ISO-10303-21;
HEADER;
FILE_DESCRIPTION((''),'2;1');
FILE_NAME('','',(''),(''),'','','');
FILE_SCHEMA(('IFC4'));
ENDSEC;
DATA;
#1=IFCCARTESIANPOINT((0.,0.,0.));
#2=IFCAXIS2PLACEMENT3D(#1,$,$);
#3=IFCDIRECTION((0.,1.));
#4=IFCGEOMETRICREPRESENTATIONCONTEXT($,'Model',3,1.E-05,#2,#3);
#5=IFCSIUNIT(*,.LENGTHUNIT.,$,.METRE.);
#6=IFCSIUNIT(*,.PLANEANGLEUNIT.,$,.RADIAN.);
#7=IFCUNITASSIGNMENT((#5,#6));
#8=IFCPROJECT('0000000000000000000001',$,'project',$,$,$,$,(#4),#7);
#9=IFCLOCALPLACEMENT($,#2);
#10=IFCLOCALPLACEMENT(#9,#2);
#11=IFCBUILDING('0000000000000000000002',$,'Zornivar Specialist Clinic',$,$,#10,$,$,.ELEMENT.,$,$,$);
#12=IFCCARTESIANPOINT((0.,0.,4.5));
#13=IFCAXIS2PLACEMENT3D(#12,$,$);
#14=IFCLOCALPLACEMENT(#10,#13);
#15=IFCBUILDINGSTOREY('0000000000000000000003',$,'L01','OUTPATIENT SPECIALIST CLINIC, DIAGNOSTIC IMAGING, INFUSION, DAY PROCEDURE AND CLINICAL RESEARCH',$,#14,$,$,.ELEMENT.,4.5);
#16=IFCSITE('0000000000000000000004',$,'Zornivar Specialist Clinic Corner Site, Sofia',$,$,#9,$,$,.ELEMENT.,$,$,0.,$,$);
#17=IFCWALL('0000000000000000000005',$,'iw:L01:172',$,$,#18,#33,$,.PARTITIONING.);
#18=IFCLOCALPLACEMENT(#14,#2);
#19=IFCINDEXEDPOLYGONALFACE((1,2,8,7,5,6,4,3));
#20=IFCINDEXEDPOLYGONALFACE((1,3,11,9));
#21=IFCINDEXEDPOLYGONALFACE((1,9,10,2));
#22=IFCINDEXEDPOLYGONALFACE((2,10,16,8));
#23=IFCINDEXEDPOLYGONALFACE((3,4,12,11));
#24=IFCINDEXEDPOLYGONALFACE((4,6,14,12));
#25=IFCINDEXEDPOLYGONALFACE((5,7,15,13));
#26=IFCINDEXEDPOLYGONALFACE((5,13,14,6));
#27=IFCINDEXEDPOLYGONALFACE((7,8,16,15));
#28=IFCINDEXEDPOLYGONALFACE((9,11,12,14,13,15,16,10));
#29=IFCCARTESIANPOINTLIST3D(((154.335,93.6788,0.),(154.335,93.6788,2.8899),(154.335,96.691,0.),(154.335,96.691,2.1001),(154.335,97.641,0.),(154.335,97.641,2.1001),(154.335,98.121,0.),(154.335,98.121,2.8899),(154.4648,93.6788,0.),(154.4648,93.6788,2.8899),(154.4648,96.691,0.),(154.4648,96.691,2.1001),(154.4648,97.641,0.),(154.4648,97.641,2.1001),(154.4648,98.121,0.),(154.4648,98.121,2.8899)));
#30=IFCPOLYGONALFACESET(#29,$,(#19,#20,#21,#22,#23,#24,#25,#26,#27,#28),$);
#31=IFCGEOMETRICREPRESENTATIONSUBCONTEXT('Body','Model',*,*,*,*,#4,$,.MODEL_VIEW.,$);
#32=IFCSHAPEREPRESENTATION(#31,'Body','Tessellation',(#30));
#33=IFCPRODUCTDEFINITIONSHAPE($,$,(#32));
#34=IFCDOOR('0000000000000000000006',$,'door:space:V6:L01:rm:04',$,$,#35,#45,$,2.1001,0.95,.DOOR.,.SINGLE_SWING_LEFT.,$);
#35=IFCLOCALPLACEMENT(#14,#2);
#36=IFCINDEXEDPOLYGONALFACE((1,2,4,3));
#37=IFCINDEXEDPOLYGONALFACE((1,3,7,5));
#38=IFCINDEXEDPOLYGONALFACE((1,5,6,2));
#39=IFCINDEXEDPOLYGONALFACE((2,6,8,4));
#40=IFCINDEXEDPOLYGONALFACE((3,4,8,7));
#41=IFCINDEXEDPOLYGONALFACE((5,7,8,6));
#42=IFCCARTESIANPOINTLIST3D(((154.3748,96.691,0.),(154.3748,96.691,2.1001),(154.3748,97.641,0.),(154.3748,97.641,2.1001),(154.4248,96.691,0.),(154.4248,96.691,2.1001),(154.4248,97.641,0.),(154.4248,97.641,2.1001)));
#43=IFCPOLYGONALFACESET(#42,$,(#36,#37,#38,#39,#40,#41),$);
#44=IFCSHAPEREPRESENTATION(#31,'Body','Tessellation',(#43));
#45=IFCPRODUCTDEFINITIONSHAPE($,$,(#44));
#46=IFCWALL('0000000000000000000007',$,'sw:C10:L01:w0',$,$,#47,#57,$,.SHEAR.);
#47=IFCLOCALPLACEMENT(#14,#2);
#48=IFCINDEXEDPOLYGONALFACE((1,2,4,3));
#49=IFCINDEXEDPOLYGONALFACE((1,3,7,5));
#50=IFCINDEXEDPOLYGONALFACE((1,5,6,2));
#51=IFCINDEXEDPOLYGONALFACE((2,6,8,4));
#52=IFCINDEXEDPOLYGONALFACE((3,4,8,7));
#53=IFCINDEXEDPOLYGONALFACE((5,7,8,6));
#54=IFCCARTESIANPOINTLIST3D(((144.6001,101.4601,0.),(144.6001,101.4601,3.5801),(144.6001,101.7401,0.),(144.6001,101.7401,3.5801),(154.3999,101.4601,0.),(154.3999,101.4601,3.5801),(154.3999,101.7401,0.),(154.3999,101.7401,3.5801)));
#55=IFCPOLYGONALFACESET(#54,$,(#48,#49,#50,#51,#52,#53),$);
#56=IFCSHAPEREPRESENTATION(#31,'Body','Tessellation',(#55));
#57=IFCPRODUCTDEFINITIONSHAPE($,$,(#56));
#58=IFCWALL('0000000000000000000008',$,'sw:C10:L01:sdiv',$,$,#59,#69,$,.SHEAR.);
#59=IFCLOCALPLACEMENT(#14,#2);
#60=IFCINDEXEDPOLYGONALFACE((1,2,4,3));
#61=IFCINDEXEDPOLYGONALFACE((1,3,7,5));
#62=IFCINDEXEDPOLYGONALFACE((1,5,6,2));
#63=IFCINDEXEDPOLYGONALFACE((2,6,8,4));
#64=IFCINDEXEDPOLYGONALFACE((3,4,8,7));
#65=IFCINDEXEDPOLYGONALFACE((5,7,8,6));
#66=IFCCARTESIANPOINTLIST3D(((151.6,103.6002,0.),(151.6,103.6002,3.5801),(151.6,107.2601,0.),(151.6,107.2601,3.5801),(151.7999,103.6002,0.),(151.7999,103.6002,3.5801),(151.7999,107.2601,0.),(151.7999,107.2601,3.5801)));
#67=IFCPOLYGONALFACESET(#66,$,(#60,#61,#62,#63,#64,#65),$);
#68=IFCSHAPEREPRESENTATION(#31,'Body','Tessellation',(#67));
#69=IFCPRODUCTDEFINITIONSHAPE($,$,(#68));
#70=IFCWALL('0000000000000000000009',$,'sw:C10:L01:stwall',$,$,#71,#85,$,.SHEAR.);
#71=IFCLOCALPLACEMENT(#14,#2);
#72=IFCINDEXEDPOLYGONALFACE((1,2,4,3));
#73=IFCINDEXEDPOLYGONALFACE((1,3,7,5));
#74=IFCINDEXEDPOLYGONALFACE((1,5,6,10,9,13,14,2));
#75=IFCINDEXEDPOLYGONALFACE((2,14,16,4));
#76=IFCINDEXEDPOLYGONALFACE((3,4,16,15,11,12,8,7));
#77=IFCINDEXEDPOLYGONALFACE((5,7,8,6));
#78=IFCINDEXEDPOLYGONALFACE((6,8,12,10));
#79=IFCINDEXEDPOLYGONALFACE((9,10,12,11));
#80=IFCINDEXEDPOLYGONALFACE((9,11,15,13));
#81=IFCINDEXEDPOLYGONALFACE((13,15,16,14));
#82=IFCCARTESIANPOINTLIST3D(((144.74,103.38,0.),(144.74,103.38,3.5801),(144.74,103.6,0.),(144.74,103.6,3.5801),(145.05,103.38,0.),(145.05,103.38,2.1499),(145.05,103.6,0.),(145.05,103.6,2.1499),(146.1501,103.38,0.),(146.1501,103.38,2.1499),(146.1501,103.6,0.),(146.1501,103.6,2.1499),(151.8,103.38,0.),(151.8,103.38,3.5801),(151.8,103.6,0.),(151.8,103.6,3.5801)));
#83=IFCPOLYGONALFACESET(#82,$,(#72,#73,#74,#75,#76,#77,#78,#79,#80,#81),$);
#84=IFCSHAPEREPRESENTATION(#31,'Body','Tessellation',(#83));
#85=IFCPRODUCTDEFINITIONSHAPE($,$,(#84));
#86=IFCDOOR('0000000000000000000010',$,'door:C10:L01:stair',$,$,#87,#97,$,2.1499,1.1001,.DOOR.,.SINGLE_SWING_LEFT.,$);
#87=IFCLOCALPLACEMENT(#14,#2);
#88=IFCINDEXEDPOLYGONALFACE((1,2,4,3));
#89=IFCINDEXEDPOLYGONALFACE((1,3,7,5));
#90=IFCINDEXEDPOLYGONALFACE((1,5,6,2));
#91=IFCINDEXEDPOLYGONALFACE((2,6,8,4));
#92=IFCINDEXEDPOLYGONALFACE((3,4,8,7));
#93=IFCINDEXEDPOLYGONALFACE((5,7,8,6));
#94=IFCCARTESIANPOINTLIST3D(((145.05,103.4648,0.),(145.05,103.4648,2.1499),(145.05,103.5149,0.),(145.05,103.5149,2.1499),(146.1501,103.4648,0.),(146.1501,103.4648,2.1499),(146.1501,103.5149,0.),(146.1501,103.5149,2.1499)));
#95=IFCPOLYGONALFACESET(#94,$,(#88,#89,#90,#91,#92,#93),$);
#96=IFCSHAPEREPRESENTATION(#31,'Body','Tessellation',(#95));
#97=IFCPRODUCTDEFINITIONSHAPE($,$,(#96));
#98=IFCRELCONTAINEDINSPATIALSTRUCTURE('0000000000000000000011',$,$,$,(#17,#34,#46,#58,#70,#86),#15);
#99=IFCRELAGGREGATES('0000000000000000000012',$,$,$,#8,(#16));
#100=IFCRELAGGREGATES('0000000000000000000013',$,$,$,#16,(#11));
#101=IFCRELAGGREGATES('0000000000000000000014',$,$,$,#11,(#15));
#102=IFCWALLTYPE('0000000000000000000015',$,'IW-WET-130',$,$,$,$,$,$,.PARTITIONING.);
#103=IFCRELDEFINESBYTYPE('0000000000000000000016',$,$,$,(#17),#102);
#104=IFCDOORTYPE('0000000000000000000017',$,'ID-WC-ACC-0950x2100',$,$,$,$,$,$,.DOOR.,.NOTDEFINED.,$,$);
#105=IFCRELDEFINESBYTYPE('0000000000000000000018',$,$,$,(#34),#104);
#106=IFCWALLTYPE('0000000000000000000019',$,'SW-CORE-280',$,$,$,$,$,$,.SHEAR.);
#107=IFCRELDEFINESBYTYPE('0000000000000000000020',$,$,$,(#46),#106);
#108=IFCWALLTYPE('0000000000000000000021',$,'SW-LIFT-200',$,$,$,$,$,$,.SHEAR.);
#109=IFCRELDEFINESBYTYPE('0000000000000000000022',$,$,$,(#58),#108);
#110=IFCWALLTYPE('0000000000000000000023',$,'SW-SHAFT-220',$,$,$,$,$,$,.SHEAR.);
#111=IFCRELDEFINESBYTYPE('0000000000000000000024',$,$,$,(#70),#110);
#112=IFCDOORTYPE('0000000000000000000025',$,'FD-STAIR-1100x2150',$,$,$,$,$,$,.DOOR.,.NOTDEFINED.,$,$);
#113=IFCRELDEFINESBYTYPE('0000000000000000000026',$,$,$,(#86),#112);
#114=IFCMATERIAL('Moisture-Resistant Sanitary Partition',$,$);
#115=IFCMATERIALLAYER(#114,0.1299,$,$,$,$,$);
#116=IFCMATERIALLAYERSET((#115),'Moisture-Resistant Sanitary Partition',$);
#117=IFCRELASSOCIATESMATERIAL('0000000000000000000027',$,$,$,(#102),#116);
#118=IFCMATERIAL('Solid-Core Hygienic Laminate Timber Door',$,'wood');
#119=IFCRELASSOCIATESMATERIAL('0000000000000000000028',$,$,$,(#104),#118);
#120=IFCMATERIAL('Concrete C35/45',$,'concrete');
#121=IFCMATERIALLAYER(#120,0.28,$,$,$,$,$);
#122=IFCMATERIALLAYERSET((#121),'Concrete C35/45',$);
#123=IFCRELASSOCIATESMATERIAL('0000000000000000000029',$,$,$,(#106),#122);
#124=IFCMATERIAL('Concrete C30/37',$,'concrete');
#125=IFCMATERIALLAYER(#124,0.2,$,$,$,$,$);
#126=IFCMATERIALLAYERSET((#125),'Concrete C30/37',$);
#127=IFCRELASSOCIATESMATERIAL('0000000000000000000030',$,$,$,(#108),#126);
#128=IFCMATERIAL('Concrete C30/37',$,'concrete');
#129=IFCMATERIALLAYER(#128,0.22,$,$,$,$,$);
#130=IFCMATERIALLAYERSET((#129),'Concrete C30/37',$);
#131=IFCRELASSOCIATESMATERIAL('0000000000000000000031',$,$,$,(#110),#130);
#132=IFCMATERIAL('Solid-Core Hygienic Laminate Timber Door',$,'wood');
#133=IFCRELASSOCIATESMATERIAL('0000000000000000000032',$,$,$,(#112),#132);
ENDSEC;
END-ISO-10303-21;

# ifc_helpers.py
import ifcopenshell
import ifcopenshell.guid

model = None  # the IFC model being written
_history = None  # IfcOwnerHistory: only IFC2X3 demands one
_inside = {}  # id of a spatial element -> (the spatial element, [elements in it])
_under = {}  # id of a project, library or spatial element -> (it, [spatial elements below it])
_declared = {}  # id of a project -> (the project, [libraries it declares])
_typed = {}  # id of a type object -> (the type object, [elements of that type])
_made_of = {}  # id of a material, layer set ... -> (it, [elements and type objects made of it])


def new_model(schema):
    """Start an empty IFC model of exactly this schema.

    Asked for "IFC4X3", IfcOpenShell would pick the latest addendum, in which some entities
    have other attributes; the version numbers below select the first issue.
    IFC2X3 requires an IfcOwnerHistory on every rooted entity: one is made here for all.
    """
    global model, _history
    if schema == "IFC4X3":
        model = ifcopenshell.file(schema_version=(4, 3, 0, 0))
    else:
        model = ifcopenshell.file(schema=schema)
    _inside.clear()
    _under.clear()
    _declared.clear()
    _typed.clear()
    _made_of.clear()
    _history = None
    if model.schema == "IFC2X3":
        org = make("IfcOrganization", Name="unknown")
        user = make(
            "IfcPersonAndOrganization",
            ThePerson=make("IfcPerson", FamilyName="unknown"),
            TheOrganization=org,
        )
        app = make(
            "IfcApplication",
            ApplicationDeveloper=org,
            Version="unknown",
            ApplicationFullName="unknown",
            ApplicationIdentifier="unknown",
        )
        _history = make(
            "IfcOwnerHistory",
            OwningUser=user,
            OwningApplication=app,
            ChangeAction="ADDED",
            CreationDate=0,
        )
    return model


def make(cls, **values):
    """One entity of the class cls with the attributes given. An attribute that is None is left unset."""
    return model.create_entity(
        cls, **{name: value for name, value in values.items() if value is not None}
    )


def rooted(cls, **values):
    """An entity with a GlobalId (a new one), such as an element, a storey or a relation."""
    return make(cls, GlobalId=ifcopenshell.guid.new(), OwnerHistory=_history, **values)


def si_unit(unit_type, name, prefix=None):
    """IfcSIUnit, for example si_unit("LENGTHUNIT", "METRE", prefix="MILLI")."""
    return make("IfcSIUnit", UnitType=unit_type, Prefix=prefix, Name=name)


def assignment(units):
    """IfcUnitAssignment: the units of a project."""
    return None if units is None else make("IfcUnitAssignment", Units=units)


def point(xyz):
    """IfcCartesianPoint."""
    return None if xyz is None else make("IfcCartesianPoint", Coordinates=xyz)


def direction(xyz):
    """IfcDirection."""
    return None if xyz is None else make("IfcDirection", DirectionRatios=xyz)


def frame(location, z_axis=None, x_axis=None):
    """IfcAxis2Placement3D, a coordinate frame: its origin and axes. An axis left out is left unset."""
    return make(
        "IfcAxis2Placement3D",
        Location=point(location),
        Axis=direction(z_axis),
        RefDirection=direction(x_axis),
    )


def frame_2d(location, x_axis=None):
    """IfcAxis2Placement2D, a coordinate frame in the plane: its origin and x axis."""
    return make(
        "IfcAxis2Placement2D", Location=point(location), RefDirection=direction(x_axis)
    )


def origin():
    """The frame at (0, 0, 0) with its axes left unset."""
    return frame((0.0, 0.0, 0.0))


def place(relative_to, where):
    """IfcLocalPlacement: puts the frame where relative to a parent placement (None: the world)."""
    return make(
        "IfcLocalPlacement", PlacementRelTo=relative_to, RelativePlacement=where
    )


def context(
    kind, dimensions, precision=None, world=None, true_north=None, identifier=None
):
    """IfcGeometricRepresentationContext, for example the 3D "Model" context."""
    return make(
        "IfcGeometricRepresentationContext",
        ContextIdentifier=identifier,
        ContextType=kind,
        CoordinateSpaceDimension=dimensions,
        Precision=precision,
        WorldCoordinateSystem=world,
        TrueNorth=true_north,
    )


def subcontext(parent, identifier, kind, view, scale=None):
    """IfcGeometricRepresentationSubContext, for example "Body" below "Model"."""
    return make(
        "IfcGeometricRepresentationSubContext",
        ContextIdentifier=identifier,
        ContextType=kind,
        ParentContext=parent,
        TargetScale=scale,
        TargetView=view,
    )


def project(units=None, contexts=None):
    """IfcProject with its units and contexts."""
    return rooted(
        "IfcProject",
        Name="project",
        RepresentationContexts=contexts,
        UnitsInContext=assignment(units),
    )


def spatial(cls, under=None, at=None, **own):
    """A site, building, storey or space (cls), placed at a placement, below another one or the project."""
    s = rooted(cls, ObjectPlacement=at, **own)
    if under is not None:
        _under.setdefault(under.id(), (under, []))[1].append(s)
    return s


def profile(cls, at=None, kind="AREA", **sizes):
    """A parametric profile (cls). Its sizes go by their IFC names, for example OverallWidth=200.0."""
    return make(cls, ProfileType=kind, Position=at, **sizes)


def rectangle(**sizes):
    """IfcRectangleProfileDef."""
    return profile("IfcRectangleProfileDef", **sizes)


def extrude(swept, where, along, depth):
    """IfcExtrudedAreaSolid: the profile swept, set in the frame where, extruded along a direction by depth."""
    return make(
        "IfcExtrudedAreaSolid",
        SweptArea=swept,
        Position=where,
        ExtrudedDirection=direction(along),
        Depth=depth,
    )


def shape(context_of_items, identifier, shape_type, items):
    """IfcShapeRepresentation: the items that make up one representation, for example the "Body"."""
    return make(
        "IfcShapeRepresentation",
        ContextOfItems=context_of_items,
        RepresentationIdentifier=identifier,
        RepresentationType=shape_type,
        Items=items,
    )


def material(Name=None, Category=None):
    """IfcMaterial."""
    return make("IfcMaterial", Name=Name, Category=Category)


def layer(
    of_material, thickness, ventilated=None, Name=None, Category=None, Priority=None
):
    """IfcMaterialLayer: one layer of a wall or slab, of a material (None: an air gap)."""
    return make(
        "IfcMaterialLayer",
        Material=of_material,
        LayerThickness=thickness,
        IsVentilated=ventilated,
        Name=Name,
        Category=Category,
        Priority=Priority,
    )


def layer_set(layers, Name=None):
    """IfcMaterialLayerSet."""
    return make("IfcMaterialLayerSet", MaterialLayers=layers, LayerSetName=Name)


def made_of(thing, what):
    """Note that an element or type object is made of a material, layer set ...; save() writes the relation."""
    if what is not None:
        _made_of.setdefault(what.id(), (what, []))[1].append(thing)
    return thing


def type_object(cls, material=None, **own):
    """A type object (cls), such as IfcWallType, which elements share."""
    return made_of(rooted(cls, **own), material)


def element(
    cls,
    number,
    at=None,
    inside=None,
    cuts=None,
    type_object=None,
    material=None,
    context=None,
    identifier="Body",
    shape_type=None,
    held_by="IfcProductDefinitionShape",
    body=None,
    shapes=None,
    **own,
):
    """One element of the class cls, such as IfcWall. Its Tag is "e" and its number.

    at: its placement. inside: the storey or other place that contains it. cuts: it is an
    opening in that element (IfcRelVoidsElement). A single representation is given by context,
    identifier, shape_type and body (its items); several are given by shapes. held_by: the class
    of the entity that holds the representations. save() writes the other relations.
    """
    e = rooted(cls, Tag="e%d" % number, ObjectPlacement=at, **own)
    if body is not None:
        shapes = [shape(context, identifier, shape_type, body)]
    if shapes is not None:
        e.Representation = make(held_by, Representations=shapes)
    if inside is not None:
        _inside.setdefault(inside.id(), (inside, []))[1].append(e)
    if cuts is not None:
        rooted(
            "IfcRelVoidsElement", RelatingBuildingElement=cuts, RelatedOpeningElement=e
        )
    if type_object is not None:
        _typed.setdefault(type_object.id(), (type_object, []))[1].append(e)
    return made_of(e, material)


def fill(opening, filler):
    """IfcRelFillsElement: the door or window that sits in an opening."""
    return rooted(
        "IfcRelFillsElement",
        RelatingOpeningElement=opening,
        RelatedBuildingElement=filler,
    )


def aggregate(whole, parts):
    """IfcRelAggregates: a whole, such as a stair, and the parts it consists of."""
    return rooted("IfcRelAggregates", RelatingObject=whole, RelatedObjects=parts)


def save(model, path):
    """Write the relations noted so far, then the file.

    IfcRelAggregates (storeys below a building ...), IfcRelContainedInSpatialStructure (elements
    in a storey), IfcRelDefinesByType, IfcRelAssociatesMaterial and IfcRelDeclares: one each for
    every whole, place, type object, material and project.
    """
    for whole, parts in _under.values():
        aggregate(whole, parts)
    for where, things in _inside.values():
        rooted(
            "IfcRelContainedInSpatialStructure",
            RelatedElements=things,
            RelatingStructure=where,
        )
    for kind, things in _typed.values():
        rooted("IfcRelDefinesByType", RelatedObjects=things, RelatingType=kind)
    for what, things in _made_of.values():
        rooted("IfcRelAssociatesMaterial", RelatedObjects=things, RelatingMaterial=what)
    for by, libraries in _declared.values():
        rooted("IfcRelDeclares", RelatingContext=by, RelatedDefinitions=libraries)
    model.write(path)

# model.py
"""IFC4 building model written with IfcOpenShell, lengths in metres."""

from ifc_helpers import new_model, si_unit, direction, frame, frame_2d, origin, place, context, subcontext, project, spatial, rectangle, extrude, material, layer, layer_set, type_object, element, fill, save


model = new_model("IFC4")

# Units and contexts
model_context = context("Model", 3, precision=1e-05, world=origin(), true_north=direction((0.0, 1.0)))
body_context = subcontext(model_context, "Body", "Model", "MODEL_VIEW")
ifc_project = project(units=[si_unit("LENGTHUNIT", "METRE"), si_unit("PLANEANGLEUNIT", "RADIAN")], contexts=[model_context])

# Site, building, storey
site_placement = place(None, origin())
site = spatial("IfcSite", under=ifc_project, at=site_placement, Name="Zornivar Specialist Clinic Corner Site, Sofia", CompositionType="ELEMENT", RefElevation=0.0)
building_placement = place(site_placement, origin())
building = spatial("IfcBuilding", under=site, at=building_placement, Name="Zornivar Specialist Clinic", CompositionType="ELEMENT")
storey_placement = place(building_placement, frame((0.0, 0.0, 4.5)))
storey = spatial("IfcBuildingStorey", under=building, at=storey_placement, Name="L01", Description="OUTPATIENT SPECIALIST CLINIC, DIAGNOSTIC IMAGING, INFUSION, DAY PROCEDURE AND CLINICAL RESEARCH", CompositionType="ELEMENT", Elevation=4.5)

# Shared definitions
ifc_material_1 = material(Name="Moisture-Resistant Sanitary Partition")
ifc_layer_1 = layer(ifc_material_1, 0.1299)
ifc_layer_set_1 = layer_set([ifc_layer_1], Name="Moisture-Resistant Sanitary Partition")
wall_type_1 = type_object("IfcWallType", Name="IW-WET-130", PredefinedType="PARTITIONING", material=ifc_layer_set_1)

# Wall, opening, door
wall_1_placement = place(storey_placement, frame((154.3999, 98.1211, 0.0), z_axis=(0.0, 0.0, 1.0), x_axis=(0.0, -1.0, 0.0)))
wall_1 = element("IfcWall", 1, at=wall_1_placement, inside=storey, type_object=wall_type_1, Name="iw:L01:172", PredefinedType="PARTITIONING", context=body_context, shape_type="SweptSolid", body=[
    extrude(rectangle(XDim=4.4421, YDim=0.1299, at=frame_2d((2.2212, 0.0))), origin(), (0.0, 0.0, 1.0), 2.8899),
])
opening_1_placement = place(wall_1_placement, frame((0.48, 0.0, 0.0)))
opening_1 = element("IfcOpeningElement", 2, at=opening_1_placement, cuts=wall_1, PredefinedType="OPENING", context=body_context, shape_type="SweptSolid", body=[
    extrude(rectangle(XDim=0.95, YDim=2.1001, at=frame_2d((0.4751, 1.05))), frame((0.0, 0.075, 0.0), z_axis=(0.0, -1.0, 0.0), x_axis=(1.0, 0.0, 0.0)), (0.0, 0.0, 1.0), 0.1499),
])
ifc_material_2 = material(Name="Solid-Core Hygienic Laminate Timber Door", Category="wood")
door_type_1 = type_object("IfcDoorType", Name="ID-WC-ACC-0950x2100", OperationType="NOTDEFINED", PredefinedType="DOOR", material=ifc_material_2)
door_1_placement = place(opening_1_placement, origin())
door_1 = element("IfcDoor", 3, at=door_1_placement, inside=storey, type_object=door_type_1, Name="door:space:V6:L01:rm:04", OperationType="SINGLE_SWING_LEFT", OverallHeight=2.1001, OverallWidth=0.95, PredefinedType="DOOR", context=body_context, shape_type="SweptSolid", body=[
    extrude(rectangle(XDim=0.95, YDim=2.1001, at=frame_2d((0.4751, 1.05))), frame((0.0, 0.0249, 0.0), z_axis=(0.0, -1.0, 0.0), x_axis=(1.0, 0.0, 0.0)), (0.0, 0.0, 1.0), 0.05),
])
fill(opening_1, door_1)

# Walls
ifc_material_3 = material(Name="Concrete C35/45", Category="concrete")
ifc_layer_2 = layer(ifc_material_3, 0.28)
ifc_layer_set_2 = layer_set([ifc_layer_2], Name="Concrete C35/45")
wall_type_2 = type_object("IfcWallType", Name="SW-CORE-280", PredefinedType="SHEAR", material=ifc_layer_set_2)
wall_2_placement = place(storey_placement, frame((144.6001, 101.6001, 0.0), z_axis=(0.0, 0.0, 1.0), x_axis=(1.0, 0.0, 0.0)))
element("IfcWall", 4, at=wall_2_placement, inside=storey, type_object=wall_type_2, Name="sw:C10:L01:w0", PredefinedType="SHEAR", context=body_context, shape_type="SweptSolid", body=[
    extrude(rectangle(XDim=9.7998, YDim=0.28, at=frame_2d((4.8999, 0.0))), origin(), (0.0, 0.0, 1.0), 3.5801),
])
ifc_material_4 = material(Name="Concrete C30/37", Category="concrete")
ifc_layer_3 = layer(ifc_material_4, 0.2)
ifc_layer_set_3 = layer_set([ifc_layer_3], Name="Concrete C30/37")
wall_type_3 = type_object("IfcWallType", Name="SW-LIFT-200", PredefinedType="SHEAR", material=ifc_layer_set_3)
wall_3_placement = place(storey_placement, frame((151.7, 103.6001, 0.0), z_axis=(0.0, 0.0, 1.0), x_axis=(0.0, 1.0, 0.0)))
element("IfcWall", 5, at=wall_3_placement, inside=storey, type_object=wall_type_3, Name="sw:C10:L01:sdiv", PredefinedType="SHEAR", context=body_context, shape_type="SweptSolid", body=[
    extrude(rectangle(XDim=3.6599, YDim=0.2, at=frame_2d((1.8301, 0.0))), origin(), (0.0, 0.0, 1.0), 3.5801),
])

# Wall, opening, door
ifc_material_5 = material(Name="Concrete C30/37", Category="concrete")
ifc_layer_4 = layer(ifc_material_5, 0.22)
ifc_layer_set_4 = layer_set([ifc_layer_4], Name="Concrete C30/37")
wall_type_4 = type_object("IfcWallType", Name="SW-SHAFT-220", PredefinedType="SHEAR", material=ifc_layer_set_4)
wall_4_placement = place(storey_placement, frame((144.74, 103.49, 0.0), z_axis=(0.0, 0.0, 1.0), x_axis=(1.0, 0.0, 0.0)))
wall_4 = element("IfcWall", 6, at=wall_4_placement, inside=storey, type_object=wall_type_4, Name="sw:C10:L01:stwall", PredefinedType="SHEAR", context=body_context, shape_type="SweptSolid", body=[
    extrude(rectangle(XDim=7.0601, YDim=0.22, at=frame_2d((3.53, 0.0))), origin(), (0.0, 0.0, 1.0), 3.5801),
])
opening_2_placement = place(wall_4_placement, frame((0.3101, 0.0, 0.0)))
opening_2 = element("IfcOpeningElement", 7, at=opening_2_placement, cuts=wall_4, PredefinedType="OPENING", context=body_context, shape_type="SweptSolid", body=[
    extrude(rectangle(XDim=1.1001, YDim=2.1499, at=frame_2d((0.55, 1.075))), frame((0.0, 0.1199, 0.0), z_axis=(0.0, -1.0, 0.0), x_axis=(1.0, 0.0, 0.0)), (0.0, 0.0, 1.0), 0.24),
])
ifc_material_6 = material(Name="Solid-Core Hygienic Laminate Timber Door", Category="wood")
door_type_2 = type_object("IfcDoorType", Name="FD-STAIR-1100x2150", OperationType="NOTDEFINED", PredefinedType="DOOR", material=ifc_material_6)
door_2_placement = place(opening_2_placement, origin())
door_2 = element("IfcDoor", 8, at=door_2_placement, inside=storey, type_object=door_type_2, Name="door:C10:L01:stair", OperationType="SINGLE_SWING_LEFT", OverallHeight=2.1499, OverallWidth=1.1001, PredefinedType="DOOR", context=body_context, shape_type="SweptSolid", body=[
    extrude(rectangle(XDim=1.1001, YDim=2.1499, at=frame_2d((0.55, 1.075))), frame((0.0, 0.0249, 0.0), z_axis=(0.0, -1.0, 0.0), x_axis=(1.0, 0.0, 0.0)), (0.0, 0.0, 1.0), 0.05),
])
fill(opening_2, door_2)

save(model, "model.ifc")
